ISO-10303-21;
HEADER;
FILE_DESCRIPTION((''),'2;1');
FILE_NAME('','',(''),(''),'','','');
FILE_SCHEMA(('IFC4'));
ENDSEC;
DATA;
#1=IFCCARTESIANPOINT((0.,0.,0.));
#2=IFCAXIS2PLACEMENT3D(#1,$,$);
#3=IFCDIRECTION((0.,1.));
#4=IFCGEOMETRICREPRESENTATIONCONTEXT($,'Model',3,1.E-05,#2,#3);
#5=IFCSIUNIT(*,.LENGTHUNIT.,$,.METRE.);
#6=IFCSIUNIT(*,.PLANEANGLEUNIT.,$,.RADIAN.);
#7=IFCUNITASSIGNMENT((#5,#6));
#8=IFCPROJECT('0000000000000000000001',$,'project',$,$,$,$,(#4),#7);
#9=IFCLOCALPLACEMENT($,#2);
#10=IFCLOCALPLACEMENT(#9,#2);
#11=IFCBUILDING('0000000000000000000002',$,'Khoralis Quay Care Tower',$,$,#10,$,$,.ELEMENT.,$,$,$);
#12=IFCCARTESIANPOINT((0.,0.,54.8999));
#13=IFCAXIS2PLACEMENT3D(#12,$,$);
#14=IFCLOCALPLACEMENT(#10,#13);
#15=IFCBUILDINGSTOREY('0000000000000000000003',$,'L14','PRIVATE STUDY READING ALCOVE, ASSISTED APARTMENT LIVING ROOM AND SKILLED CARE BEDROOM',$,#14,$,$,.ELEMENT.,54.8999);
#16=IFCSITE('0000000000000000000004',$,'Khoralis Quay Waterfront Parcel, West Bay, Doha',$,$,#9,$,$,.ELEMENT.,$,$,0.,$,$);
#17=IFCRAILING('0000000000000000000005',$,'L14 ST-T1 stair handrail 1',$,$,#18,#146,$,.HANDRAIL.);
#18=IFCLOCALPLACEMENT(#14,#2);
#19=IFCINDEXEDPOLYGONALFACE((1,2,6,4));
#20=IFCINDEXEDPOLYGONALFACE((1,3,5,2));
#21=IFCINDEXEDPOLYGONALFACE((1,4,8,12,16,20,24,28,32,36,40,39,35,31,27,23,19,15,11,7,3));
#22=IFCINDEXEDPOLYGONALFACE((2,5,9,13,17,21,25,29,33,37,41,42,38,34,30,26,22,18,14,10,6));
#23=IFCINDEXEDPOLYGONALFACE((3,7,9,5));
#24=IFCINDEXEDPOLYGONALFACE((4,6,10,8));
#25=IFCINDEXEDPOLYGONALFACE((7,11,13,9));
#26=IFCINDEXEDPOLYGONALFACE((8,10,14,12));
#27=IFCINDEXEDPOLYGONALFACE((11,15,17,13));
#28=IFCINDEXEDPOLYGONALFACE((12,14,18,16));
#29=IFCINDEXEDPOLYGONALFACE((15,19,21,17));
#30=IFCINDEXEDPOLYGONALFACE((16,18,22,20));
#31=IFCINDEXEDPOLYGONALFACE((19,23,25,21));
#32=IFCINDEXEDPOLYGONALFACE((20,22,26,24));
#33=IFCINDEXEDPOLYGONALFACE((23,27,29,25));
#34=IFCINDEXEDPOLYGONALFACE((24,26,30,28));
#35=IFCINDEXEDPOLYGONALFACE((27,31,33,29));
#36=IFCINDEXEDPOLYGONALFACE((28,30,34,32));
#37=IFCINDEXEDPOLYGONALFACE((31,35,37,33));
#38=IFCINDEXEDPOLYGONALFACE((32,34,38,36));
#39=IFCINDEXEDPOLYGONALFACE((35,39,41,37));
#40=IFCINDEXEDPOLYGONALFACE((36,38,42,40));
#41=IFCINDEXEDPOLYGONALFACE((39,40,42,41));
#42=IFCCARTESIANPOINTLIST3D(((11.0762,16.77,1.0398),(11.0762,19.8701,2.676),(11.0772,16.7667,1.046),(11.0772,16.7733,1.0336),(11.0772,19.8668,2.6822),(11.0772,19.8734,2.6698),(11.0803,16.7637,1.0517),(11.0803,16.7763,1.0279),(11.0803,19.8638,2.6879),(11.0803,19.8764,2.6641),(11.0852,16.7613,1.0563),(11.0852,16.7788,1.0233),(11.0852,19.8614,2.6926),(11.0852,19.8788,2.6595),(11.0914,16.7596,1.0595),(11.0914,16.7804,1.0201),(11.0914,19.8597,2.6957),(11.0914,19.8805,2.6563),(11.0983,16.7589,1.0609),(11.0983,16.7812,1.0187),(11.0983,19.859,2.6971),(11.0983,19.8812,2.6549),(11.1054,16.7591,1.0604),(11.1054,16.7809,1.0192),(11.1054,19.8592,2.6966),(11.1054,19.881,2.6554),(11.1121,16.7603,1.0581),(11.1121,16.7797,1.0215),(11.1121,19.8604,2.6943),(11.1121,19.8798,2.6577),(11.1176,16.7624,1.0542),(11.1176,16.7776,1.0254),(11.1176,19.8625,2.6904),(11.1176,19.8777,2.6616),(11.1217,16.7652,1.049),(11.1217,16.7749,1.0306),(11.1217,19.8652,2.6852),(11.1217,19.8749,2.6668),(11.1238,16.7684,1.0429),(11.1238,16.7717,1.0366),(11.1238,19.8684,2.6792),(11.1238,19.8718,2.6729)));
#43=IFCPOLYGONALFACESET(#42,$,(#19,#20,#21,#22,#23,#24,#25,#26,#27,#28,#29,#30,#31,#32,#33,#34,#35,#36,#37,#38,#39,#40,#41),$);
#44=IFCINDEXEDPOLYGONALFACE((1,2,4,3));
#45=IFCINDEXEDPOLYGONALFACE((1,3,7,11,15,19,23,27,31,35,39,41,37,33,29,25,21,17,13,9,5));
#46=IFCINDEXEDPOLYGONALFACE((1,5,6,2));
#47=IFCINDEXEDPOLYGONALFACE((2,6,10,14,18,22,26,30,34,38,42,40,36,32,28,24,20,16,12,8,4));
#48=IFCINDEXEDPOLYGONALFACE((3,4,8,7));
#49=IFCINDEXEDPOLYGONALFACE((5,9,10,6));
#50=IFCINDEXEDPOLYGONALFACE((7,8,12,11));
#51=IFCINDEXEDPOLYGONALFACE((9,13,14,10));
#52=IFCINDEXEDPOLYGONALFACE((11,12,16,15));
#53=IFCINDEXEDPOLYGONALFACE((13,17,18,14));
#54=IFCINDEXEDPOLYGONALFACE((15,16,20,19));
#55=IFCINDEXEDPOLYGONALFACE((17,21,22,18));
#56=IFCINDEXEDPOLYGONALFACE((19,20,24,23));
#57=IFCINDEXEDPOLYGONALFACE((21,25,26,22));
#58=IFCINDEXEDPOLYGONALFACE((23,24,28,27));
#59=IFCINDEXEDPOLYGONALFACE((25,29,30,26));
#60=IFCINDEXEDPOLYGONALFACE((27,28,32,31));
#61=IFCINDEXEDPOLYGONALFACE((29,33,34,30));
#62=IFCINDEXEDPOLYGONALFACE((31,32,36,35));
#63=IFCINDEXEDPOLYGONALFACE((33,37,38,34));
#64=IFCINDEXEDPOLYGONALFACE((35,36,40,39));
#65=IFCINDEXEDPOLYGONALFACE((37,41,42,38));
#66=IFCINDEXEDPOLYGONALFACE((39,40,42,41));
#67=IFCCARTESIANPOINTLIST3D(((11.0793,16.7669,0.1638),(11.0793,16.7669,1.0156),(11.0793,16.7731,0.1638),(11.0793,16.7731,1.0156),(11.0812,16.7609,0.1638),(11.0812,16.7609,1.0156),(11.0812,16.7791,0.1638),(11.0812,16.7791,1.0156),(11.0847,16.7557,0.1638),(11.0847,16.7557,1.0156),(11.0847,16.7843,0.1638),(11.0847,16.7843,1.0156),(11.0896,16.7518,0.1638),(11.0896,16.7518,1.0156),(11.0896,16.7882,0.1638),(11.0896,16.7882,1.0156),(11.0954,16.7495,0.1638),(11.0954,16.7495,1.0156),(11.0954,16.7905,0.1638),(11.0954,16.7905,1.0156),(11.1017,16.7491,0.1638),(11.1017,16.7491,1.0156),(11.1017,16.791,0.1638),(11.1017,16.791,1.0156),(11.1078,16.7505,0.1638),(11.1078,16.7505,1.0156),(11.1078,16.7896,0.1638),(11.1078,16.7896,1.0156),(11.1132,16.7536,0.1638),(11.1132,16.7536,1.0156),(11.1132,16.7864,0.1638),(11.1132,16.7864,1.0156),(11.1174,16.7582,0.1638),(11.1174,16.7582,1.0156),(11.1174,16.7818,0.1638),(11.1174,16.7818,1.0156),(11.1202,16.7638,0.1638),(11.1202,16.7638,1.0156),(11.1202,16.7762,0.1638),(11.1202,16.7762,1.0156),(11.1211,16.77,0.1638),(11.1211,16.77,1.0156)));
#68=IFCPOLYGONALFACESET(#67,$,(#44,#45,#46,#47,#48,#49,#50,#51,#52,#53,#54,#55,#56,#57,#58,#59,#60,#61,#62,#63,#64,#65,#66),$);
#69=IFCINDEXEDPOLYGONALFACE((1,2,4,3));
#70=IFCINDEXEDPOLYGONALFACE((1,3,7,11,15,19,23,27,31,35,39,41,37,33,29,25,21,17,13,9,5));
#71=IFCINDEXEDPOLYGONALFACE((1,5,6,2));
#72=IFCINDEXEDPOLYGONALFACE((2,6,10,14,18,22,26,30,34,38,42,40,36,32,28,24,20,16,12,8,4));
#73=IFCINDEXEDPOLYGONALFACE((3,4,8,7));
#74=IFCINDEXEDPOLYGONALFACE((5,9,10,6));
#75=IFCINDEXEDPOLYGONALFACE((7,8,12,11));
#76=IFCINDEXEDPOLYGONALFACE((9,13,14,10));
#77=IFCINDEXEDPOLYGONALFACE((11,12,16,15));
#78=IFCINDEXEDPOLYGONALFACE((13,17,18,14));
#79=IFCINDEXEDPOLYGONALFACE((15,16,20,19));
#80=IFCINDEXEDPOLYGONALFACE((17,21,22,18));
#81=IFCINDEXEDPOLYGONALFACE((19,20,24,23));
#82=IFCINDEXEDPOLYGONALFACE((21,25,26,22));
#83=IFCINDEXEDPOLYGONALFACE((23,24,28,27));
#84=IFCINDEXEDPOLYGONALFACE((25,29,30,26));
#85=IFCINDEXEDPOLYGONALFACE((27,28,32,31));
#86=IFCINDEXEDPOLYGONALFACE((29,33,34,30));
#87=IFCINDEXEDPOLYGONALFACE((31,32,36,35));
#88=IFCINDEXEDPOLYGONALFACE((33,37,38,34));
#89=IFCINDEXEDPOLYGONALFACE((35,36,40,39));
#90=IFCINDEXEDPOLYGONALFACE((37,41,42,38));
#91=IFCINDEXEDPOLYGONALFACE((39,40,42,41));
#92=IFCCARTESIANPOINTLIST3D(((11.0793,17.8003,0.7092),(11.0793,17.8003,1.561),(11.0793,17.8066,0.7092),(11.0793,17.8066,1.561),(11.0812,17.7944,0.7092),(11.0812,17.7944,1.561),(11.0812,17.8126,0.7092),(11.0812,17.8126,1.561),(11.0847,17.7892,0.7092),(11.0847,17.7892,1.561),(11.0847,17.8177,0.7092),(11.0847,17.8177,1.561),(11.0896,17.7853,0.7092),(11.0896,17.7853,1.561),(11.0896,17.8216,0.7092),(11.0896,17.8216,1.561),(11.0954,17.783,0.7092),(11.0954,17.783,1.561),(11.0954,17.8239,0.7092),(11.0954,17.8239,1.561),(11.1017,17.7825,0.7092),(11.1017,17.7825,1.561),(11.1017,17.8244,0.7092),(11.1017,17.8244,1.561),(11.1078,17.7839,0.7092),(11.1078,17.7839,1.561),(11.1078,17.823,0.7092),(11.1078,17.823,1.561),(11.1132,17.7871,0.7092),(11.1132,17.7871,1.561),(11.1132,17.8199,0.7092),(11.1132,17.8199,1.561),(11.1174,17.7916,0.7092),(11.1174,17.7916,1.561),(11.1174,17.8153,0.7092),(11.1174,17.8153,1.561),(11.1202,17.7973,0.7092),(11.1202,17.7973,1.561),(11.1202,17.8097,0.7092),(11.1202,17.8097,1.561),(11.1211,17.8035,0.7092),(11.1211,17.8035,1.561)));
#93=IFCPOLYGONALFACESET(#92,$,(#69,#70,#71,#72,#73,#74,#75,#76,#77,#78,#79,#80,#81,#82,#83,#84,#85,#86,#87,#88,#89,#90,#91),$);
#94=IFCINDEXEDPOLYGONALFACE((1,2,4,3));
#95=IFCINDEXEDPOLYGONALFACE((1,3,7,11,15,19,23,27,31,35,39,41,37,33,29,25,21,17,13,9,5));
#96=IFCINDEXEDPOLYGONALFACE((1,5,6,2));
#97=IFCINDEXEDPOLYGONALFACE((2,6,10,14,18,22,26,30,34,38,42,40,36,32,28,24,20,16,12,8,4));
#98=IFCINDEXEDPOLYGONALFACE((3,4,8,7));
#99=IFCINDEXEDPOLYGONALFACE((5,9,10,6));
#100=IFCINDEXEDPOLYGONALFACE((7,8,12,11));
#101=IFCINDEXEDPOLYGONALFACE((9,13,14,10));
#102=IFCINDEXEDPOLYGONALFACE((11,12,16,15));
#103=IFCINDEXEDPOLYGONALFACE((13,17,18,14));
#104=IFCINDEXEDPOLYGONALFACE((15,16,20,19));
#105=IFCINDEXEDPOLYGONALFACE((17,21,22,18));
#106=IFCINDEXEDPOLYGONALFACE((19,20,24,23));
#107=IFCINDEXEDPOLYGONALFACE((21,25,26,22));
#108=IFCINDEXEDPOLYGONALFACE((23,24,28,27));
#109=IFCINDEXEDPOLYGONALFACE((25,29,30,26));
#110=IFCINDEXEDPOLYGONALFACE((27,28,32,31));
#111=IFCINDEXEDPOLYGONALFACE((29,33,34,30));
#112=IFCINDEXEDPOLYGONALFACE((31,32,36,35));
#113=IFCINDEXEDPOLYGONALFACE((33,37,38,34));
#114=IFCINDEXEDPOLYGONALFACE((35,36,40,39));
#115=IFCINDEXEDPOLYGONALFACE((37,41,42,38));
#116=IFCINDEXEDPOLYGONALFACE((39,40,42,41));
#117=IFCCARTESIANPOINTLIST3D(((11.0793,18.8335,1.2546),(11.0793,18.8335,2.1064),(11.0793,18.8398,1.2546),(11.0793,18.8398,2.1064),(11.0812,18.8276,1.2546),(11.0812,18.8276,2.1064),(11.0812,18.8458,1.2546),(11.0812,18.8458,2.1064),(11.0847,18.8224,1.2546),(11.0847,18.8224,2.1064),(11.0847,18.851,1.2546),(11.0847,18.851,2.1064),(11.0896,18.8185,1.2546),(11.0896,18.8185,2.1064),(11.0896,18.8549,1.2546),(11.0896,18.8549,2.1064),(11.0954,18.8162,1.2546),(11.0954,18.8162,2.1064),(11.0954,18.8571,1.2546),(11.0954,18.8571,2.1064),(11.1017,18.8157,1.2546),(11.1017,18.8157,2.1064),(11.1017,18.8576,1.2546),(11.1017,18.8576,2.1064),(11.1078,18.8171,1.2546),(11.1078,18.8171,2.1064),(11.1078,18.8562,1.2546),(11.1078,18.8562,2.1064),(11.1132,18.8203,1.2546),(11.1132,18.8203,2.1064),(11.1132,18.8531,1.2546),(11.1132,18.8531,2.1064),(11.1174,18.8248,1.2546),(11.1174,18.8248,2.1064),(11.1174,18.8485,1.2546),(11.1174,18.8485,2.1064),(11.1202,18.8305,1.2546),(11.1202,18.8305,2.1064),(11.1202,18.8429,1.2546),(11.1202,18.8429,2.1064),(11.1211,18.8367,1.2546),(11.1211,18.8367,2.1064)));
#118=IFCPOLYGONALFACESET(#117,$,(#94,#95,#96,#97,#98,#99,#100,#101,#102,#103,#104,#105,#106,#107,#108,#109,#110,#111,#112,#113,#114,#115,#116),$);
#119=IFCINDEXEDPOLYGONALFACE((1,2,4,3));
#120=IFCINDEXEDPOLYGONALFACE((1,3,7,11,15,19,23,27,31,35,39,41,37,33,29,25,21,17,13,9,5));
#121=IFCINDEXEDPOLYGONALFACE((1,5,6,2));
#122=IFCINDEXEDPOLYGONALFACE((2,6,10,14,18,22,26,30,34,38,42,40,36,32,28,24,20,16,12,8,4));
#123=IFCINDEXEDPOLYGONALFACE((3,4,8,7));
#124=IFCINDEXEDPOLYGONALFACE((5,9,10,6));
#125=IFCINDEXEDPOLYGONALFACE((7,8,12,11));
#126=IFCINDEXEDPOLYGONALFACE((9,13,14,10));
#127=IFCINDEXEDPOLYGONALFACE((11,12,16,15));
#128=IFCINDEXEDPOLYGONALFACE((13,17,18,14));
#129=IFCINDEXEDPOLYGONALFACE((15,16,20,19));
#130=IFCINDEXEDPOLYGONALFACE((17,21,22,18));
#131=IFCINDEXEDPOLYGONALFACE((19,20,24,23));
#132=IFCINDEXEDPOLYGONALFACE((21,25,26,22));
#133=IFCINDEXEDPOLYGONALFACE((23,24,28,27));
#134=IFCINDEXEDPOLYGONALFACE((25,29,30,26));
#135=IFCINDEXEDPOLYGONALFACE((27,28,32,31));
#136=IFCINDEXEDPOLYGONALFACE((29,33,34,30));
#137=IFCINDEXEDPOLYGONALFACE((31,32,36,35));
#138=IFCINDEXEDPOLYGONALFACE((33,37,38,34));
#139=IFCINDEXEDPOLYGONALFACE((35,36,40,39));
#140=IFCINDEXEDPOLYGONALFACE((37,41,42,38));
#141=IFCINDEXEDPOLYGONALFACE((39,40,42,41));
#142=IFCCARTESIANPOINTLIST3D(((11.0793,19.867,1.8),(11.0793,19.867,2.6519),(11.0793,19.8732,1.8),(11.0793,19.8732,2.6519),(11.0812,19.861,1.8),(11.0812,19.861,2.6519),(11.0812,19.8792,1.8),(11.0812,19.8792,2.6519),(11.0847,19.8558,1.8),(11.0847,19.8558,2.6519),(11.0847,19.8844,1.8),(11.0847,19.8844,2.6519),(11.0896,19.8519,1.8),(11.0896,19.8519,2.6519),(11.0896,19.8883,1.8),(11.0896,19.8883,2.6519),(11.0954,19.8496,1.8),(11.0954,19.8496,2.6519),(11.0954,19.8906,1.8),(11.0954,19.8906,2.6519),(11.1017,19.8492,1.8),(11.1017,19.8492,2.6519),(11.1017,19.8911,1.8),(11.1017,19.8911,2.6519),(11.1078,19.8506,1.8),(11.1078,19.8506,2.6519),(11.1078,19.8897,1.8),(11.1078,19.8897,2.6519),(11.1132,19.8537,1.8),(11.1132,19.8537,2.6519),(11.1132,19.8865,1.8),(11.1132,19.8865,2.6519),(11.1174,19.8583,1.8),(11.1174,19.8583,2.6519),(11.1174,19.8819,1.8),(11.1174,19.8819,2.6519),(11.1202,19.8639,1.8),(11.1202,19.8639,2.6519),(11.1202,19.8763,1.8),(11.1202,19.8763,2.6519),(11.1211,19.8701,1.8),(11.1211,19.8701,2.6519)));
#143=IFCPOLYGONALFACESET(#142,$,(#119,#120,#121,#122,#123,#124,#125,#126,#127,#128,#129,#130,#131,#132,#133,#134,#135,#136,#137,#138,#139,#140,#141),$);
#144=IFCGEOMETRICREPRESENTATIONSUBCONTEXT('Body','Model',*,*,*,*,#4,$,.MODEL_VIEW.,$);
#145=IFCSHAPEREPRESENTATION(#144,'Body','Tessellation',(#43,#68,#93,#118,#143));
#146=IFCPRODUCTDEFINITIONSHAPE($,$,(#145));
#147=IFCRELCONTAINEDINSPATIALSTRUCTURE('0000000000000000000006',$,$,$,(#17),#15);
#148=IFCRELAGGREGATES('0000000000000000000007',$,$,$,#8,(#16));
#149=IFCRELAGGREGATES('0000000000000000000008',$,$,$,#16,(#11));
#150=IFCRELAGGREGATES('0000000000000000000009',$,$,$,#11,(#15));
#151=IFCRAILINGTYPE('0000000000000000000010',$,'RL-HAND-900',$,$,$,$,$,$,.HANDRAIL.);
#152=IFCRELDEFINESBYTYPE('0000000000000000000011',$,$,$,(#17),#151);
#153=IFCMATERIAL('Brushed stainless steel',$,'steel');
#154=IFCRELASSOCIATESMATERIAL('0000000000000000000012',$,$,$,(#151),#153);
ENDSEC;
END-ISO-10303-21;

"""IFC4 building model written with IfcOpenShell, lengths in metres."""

from ifc_helpers import new_model, si_unit, direction, frame, origin, origin_2d, place, context, subcontext, project, spatial, circle, extrude, material, type_object, element, save


model = new_model("IFC4")

# Units and contexts
model_context = context("Model", 3, precision=1e-05, world=origin(), true_north=direction((0.0, 1.0)))
body_context = subcontext(model_context, "Body", "Model", "MODEL_VIEW")
ifc_project = project(units=[si_unit("LENGTHUNIT", "METRE"), si_unit("PLANEANGLEUNIT", "RADIAN")], contexts=[model_context])

# Site, building, storey
site_placement = place(None, origin())
site = spatial("IfcSite", under=ifc_project, at=site_placement, Name="Khoralis Quay Waterfront Parcel, West Bay, Doha", CompositionType="ELEMENT", RefElevation=0.0)
building_placement = place(site_placement, origin())
building = spatial("IfcBuilding", under=site, at=building_placement, Name="Khoralis Quay Care Tower", CompositionType="ELEMENT")
storey_placement = place(building_placement, frame((0.0, 0.0, 54.8999)))
storey = spatial("IfcBuildingStorey", under=building, at=storey_placement, Name="L14", Description="PRIVATE STUDY READING ALCOVE, ASSISTED APARTMENT LIVING ROOM AND SKILLED CARE BEDROOM", CompositionType="ELEMENT", Elevation=54.8999)

# Railing
ifc_material_1 = material(Name="Brushed stainless steel", Category="steel")
railing_type_1 = type_object("IfcRailingType", Name="RL-HAND-900", PredefinedType="HANDRAIL", material=ifc_material_1)
railing_1_placement = place(storey_placement, frame((11.1001, 16.77, 0.1638)))
element("IfcRailing", 1, at=railing_1_placement, inside=storey, type_object=railing_type_1, Name="L14 ST-T1 stair handrail 1", PredefinedType="HANDRAIL", context=body_context, shape_type="SweptSolid", body=[
    extrude(circle(Radius=0.0239, at=origin_2d()), frame((0.0, 0.0, 0.876), z_axis=(0.0, 0.884377, 0.466774), x_axis=(-1.0, 0.0, 0.0)), (0.0, 0.0, 1.0), 3.5054),
    extrude(circle(Radius=0.021, at=origin_2d()), origin(), (0.0, 0.0, 1.0), 0.8518),
    extrude(circle(Radius=0.021, at=origin_2d()), frame((0.0, 1.0334, 0.5454)), (0.0, 0.0, 1.0), 0.8518),
    extrude(circle(Radius=0.021, at=origin_2d()), frame((0.0, 2.0667, 1.0908)), (0.0, 0.0, 1.0), 0.8518),
    extrude(circle(Radius=0.021, at=origin_2d()), frame((0.0, 3.1001, 1.6362)), (0.0, 0.0, 1.0), 0.8518),
])

save(model, "model.ifc")
